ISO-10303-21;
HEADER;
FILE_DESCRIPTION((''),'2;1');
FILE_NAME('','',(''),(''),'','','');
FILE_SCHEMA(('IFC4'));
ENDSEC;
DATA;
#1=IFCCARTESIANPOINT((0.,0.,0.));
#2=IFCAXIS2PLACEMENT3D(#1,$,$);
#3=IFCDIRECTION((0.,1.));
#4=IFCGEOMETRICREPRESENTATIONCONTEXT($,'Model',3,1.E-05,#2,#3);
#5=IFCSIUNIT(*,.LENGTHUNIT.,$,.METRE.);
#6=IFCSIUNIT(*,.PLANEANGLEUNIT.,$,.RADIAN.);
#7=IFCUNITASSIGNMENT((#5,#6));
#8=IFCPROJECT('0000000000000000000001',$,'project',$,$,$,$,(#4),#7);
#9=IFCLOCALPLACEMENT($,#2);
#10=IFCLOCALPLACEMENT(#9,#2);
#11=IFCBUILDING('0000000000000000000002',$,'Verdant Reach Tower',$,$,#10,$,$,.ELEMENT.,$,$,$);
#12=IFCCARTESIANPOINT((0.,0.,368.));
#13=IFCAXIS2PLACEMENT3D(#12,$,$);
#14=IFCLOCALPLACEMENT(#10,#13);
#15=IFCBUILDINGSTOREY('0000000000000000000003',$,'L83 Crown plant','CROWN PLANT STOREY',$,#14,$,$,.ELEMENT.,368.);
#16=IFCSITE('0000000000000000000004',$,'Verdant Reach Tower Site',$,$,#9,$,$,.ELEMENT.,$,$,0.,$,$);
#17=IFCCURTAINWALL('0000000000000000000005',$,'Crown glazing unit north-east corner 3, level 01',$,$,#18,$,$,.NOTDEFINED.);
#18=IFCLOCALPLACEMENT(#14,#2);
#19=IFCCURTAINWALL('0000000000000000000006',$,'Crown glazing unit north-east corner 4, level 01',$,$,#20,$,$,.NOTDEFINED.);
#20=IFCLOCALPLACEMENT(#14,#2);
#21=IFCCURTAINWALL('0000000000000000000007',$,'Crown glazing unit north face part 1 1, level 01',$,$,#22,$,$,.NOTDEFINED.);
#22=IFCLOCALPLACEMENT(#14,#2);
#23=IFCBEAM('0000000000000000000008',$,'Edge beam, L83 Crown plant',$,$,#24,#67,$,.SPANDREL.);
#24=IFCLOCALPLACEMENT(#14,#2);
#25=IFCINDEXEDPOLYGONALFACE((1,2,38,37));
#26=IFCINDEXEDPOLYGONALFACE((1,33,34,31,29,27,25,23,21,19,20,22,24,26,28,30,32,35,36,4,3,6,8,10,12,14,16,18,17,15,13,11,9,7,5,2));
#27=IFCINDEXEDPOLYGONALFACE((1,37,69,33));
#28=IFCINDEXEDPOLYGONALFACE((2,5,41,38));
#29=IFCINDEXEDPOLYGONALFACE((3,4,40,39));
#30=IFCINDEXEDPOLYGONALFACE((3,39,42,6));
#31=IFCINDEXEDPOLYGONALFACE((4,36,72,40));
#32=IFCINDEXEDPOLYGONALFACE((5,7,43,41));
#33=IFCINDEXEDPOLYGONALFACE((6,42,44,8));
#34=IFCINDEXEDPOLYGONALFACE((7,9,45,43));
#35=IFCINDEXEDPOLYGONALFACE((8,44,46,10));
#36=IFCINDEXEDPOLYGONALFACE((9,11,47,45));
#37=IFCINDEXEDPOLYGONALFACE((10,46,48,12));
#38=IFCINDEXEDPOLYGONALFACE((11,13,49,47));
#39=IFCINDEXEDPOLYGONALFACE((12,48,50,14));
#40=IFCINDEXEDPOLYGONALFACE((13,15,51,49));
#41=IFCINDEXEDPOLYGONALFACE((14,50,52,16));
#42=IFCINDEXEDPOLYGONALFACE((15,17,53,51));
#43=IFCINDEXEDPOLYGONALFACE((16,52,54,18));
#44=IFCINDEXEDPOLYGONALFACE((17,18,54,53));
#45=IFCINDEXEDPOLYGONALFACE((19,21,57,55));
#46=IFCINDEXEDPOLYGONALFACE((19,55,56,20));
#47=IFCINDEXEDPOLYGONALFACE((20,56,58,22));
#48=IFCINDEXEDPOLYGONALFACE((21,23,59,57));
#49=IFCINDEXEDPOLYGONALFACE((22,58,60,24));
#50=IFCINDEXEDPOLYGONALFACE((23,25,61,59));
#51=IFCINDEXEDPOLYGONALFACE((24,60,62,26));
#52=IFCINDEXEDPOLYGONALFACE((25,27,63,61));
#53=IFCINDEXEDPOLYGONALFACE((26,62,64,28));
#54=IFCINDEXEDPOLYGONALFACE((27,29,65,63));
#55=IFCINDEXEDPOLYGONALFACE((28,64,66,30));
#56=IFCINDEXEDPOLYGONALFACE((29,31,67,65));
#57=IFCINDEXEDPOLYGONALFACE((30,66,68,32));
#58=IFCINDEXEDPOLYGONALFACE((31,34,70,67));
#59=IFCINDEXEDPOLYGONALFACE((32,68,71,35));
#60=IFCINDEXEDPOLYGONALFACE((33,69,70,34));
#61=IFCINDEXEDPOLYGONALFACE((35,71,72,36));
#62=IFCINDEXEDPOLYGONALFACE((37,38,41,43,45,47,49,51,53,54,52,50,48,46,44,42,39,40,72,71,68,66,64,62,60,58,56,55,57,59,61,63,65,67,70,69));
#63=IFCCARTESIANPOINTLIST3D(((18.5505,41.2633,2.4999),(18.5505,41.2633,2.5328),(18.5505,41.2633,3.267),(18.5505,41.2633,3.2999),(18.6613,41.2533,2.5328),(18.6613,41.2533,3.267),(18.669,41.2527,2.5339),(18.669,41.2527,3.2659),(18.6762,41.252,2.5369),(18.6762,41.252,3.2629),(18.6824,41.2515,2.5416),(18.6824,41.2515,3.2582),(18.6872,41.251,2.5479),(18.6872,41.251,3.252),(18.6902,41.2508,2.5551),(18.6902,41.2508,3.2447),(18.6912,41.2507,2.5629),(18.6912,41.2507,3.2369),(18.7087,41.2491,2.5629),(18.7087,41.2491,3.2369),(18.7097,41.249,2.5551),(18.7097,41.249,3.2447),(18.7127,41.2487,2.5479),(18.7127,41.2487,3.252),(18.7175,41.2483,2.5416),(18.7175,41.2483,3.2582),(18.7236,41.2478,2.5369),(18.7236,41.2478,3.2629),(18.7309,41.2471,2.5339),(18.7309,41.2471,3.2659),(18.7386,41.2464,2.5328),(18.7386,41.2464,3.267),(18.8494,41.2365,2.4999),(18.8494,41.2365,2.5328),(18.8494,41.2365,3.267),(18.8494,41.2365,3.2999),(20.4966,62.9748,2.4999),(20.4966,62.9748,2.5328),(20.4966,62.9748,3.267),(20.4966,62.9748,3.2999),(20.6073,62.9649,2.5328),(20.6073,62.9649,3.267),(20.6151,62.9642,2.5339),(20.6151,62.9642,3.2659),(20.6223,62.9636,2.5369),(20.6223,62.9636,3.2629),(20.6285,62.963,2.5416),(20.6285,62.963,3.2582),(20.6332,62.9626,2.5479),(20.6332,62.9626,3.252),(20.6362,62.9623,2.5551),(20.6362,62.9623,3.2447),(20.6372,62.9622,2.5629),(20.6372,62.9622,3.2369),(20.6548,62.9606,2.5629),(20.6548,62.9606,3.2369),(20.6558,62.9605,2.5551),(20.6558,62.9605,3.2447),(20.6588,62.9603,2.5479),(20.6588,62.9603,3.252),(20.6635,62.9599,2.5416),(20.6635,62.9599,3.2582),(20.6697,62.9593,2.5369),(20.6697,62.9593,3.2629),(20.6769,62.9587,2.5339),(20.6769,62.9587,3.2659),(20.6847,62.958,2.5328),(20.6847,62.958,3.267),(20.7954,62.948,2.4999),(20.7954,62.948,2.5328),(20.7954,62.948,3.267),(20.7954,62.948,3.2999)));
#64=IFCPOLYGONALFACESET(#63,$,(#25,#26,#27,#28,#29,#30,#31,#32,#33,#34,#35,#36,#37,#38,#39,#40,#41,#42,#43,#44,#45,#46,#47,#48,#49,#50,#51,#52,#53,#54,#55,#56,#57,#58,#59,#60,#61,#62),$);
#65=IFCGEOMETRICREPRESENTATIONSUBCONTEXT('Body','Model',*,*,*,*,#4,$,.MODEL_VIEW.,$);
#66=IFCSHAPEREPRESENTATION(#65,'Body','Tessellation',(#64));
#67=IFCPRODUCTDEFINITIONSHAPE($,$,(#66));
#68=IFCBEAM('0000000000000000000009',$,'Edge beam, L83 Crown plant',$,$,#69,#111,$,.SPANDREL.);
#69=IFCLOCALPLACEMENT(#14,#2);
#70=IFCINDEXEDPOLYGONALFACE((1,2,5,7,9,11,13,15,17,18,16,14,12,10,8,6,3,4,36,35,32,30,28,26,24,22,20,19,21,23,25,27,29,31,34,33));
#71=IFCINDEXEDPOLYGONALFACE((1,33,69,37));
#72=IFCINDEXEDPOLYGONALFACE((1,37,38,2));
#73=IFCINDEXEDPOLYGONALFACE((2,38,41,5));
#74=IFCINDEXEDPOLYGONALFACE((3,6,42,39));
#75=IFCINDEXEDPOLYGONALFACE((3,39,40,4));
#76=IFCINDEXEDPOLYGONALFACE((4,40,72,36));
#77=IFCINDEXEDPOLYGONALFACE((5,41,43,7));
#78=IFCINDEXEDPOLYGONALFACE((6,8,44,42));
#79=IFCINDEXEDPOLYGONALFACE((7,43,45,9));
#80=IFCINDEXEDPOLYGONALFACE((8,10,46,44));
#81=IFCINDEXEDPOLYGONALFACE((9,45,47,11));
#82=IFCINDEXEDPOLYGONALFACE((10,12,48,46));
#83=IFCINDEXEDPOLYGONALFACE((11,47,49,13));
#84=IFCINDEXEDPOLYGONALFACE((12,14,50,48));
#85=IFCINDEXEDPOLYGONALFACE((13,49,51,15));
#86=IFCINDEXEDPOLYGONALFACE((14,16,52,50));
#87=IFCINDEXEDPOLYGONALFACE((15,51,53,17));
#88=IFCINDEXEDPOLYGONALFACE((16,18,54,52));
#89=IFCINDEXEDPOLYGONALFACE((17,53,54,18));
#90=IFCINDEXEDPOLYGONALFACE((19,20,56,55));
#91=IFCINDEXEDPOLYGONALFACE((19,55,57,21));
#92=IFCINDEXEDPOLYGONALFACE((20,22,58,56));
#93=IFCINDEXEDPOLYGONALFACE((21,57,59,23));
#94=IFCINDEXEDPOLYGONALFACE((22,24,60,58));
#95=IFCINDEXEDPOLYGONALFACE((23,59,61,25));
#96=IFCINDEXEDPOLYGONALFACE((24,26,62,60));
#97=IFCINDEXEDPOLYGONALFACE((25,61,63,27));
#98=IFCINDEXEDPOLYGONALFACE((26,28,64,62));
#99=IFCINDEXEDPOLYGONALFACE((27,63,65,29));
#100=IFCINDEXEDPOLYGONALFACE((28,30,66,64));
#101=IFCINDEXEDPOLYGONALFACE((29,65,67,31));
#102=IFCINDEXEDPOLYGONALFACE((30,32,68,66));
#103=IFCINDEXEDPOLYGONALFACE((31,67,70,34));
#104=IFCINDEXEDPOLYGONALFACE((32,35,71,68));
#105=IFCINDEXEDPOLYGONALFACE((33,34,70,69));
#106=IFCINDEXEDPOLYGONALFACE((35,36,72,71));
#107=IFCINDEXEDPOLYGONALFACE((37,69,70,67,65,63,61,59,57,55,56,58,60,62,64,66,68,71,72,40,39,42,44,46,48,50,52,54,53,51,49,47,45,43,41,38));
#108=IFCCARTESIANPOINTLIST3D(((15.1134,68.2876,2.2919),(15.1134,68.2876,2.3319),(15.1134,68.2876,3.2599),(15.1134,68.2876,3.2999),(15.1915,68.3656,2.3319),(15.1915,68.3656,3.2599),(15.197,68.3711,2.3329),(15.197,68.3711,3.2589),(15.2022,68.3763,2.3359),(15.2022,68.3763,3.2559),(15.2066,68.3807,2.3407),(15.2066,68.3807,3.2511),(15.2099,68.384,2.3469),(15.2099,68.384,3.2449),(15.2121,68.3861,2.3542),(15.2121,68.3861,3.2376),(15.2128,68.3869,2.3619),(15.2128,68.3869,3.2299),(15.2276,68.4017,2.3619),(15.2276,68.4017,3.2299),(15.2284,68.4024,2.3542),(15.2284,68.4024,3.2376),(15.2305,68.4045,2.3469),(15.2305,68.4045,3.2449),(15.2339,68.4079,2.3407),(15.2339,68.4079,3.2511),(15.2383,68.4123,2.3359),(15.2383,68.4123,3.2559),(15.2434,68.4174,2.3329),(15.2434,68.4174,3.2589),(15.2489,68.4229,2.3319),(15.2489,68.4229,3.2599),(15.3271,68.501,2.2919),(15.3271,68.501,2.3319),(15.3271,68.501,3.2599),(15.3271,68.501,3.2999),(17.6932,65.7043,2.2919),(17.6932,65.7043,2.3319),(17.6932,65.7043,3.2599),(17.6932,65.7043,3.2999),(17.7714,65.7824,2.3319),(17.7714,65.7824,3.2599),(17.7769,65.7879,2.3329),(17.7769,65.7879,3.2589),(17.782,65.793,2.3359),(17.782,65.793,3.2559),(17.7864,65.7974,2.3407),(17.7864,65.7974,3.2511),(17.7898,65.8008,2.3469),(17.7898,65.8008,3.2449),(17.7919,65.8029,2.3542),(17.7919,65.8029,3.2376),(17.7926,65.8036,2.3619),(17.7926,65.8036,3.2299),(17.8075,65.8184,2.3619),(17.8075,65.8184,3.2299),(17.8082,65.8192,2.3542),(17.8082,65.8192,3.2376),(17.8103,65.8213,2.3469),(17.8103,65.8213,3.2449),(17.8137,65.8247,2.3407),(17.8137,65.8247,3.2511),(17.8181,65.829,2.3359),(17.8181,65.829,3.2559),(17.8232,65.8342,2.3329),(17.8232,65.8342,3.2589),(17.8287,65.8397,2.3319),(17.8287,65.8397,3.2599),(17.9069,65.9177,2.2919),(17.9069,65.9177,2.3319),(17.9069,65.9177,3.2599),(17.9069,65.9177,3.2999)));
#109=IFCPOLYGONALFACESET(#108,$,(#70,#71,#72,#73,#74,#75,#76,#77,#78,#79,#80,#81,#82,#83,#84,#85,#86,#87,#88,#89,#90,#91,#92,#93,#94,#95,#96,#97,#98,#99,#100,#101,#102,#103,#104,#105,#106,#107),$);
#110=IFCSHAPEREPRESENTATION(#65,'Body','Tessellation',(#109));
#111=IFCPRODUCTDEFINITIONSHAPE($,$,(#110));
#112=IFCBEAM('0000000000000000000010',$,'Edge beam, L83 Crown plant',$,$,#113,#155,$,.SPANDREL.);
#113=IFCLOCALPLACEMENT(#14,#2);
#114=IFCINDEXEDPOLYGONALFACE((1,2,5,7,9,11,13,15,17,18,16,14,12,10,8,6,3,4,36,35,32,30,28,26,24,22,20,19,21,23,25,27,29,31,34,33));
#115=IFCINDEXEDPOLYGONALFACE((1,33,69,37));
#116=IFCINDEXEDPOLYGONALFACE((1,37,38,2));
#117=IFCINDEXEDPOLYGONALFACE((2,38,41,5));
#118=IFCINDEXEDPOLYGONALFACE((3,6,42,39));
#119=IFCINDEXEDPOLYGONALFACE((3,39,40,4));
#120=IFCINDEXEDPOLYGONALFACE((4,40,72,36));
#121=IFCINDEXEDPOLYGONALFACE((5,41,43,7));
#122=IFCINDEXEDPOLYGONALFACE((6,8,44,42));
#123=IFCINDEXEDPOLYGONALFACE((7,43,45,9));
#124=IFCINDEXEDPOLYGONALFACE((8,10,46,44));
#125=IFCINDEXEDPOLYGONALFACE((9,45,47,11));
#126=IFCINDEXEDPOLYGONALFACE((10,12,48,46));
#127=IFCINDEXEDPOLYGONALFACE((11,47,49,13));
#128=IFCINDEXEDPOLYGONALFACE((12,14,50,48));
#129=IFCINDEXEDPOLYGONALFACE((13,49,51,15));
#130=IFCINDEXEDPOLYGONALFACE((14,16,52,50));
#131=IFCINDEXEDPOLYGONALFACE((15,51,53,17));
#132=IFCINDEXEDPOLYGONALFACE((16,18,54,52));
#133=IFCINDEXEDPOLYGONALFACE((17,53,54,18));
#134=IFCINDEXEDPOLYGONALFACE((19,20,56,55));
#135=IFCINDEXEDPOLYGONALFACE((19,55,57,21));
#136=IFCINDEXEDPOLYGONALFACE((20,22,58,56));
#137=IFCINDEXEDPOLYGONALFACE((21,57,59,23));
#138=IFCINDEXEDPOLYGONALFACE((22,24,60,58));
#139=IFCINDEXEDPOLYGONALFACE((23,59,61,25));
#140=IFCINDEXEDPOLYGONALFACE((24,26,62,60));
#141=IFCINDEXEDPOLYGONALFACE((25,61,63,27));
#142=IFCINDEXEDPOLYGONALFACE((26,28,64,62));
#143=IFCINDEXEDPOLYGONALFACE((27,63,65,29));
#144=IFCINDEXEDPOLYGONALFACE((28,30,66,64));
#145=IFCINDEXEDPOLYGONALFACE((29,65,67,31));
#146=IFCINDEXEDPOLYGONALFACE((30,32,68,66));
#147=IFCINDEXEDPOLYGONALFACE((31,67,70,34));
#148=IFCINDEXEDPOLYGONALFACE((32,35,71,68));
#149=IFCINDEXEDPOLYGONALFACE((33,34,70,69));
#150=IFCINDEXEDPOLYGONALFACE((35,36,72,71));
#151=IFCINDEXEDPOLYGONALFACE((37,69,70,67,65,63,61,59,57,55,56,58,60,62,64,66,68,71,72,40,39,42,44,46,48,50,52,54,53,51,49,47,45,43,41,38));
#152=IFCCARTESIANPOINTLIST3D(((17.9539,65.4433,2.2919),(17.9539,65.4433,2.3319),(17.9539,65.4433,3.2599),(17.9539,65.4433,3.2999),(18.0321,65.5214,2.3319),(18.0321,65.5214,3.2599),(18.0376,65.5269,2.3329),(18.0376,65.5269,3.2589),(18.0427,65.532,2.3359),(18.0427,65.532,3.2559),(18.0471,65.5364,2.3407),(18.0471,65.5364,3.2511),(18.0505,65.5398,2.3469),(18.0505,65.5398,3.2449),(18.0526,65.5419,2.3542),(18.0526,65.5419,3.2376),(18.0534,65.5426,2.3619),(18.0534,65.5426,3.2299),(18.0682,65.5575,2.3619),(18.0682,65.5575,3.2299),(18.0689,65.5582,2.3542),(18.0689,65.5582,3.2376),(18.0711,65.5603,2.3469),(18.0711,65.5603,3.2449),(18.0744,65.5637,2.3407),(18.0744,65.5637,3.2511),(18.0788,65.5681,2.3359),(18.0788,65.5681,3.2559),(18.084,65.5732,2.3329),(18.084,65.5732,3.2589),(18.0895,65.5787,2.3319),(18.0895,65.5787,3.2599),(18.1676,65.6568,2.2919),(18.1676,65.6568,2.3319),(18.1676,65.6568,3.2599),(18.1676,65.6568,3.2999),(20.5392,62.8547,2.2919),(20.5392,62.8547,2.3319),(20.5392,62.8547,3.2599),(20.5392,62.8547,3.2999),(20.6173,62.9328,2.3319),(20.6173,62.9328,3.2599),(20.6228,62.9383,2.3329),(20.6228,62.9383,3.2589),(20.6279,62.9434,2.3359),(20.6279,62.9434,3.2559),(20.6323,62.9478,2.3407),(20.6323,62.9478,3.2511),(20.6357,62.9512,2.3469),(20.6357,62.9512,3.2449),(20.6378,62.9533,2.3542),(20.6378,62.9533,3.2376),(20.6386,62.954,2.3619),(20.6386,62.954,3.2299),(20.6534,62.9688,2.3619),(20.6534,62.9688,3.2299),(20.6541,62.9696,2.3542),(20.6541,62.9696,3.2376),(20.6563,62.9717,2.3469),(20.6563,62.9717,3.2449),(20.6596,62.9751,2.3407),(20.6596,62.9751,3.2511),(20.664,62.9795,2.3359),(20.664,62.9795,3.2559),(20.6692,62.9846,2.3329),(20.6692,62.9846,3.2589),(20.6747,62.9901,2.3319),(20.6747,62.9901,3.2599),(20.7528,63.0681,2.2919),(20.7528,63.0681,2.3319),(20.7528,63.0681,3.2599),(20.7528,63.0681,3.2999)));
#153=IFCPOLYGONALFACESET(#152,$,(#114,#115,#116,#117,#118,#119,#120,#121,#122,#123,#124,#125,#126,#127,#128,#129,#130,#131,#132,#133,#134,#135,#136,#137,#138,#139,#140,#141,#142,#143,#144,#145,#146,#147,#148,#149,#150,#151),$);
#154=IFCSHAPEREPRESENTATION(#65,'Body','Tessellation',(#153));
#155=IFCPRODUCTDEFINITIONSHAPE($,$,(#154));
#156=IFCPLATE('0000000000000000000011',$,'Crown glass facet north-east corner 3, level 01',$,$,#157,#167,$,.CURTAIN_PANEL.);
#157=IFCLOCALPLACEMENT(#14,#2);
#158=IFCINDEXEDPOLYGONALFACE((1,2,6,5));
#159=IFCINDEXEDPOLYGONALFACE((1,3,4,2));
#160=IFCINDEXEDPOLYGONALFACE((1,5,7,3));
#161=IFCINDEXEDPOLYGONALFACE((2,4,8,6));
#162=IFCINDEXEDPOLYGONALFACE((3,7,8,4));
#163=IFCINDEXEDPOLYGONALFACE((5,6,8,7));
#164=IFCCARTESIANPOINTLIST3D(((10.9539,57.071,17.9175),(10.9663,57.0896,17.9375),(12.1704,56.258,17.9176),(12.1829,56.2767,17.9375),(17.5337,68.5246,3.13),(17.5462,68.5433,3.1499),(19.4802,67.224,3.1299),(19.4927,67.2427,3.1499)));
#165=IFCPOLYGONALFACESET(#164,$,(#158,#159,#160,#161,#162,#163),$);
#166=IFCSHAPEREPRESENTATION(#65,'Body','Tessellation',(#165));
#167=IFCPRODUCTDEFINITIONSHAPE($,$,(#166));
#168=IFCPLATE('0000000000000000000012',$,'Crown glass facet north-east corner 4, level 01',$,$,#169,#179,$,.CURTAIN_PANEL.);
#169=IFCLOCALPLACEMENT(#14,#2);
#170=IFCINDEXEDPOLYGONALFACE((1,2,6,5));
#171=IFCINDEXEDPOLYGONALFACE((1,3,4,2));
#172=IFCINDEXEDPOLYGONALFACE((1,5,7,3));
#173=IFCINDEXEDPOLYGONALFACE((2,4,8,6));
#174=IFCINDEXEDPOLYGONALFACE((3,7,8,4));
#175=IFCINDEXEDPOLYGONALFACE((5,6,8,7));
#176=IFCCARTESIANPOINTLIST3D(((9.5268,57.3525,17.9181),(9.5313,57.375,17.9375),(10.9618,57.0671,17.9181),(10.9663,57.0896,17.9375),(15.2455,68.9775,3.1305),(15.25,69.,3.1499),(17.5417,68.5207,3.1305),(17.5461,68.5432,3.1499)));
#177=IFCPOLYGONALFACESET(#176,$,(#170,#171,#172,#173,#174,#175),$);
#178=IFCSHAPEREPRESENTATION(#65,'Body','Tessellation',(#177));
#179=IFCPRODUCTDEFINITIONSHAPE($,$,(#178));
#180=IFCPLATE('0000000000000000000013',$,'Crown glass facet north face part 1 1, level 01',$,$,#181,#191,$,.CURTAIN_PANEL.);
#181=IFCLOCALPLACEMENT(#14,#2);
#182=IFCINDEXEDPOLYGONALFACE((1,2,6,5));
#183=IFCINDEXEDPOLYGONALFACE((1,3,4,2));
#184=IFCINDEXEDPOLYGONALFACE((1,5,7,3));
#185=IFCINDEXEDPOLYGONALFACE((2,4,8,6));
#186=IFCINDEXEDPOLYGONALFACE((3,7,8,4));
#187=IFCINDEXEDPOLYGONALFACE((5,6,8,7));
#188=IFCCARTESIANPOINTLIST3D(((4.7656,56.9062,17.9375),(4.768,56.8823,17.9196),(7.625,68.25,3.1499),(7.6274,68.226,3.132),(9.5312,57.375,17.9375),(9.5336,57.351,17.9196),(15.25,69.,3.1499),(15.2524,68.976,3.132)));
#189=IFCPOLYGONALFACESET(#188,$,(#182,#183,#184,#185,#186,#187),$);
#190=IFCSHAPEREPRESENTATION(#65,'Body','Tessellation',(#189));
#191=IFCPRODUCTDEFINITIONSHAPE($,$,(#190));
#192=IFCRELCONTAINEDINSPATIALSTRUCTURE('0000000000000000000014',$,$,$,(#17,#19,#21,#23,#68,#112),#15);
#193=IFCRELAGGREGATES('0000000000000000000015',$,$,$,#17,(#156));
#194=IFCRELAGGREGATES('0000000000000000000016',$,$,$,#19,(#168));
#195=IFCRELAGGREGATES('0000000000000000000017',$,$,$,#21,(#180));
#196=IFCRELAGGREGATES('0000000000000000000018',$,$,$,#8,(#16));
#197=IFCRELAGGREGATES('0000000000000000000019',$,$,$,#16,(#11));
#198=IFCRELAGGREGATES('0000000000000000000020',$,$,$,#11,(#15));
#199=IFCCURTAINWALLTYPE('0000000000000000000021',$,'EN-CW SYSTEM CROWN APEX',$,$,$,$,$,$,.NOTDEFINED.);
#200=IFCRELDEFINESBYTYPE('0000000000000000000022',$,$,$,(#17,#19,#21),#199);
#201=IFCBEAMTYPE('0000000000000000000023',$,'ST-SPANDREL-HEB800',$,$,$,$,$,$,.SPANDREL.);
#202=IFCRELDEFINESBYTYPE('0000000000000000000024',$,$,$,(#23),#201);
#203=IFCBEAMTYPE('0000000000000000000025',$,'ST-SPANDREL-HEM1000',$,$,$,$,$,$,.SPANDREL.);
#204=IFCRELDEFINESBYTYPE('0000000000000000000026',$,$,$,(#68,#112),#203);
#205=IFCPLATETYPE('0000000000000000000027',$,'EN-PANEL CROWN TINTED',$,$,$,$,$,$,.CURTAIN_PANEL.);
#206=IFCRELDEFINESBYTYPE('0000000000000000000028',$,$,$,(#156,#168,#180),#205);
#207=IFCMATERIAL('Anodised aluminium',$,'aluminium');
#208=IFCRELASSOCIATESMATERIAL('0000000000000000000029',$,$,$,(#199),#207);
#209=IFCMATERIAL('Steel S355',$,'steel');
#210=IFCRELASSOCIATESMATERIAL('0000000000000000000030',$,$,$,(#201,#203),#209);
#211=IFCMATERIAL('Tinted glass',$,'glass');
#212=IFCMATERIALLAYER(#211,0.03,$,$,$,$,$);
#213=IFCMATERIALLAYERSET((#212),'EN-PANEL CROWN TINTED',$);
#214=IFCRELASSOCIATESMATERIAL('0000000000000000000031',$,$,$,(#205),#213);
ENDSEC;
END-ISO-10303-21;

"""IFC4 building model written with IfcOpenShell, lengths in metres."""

from ifc_helpers import new_model, si_unit, direction, frame, origin, origin_2d, place, context, subcontext, project, spatial, polyline, i_section, outline, extrude, material, layer, layer_set, material_profile, profile_set, type_object, element, aggregate, save


model = new_model("IFC4")

# Units and contexts
model_context = context("Model", 3, precision=1e-05, world=origin(), true_north=direction((0.0, 1.0)))
body_context = subcontext(model_context, "Body", "Model", "MODEL_VIEW")
ifc_project = project(units=[si_unit("LENGTHUNIT", "METRE"), si_unit("PLANEANGLEUNIT", "RADIAN")], contexts=[model_context])

# Site, building, storey
site_placement = place(None, origin())
site = spatial("IfcSite", under=ifc_project, at=site_placement, Name="Verdant Reach Tower Site", CompositionType="ELEMENT", RefElevation=0.0)
building_placement = place(site_placement, origin())
building = spatial("IfcBuilding", under=site, at=building_placement, Name="Verdant Reach Tower", CompositionType="ELEMENT")
storey_placement = place(building_placement, frame((0.0, 0.0, 368.0)))
storey = spatial("IfcBuildingStorey", under=building, at=storey_placement, Name="L83 Crown plant", Description="CROWN PLANT STOREY", CompositionType="ELEMENT", Elevation=368.0)

# Curtain walls
ifc_material_1 = material(Name="Anodised aluminium", Category="aluminium")
curtain_wall_type_1 = type_object("IfcCurtainWallType", Name="EN-CW SYSTEM CROWN APEX", PredefinedType="NOTDEFINED", material=ifc_material_1)
curtain_wall_1_placement = place(storey_placement, origin())
curtain_wall_1 = element("IfcCurtainWall", 1, at=curtain_wall_1_placement, inside=storey, type_object=curtain_wall_type_1, Name="Crown glazing unit north-east corner 3, level 01", PredefinedType="NOTDEFINED")
curtain_wall_2_placement = place(storey_placement, origin())
curtain_wall_2 = element("IfcCurtainWall", 2, at=curtain_wall_2_placement, inside=storey, type_object=curtain_wall_type_1, Name="Crown glazing unit north-east corner 4, level 01", PredefinedType="NOTDEFINED")
curtain_wall_3_placement = place(storey_placement, origin())
curtain_wall_3 = element("IfcCurtainWall", 3, at=curtain_wall_3_placement, inside=storey, type_object=curtain_wall_type_1, Name="Crown glazing unit north face part 1 1, level 01", PredefinedType="NOTDEFINED")

# Beams
ifc_material_2 = material(Name="Steel S355", Category="steel")
ifc_material_profile_1 = material_profile(ifc_material_2, i_section(OverallWidth=0.3, OverallDepth=0.8, WebThickness=0.0176, FlangeThickness=0.033, FilletRadius=0.03, at=origin_2d()), Name="HEB 800")
ifc_profile_set_1 = profile_set([ifc_material_profile_1], Name="Steel S355")
beam_type_1 = type_object("IfcBeamType", Name="ST-SPANDREL-HEB800", PredefinedType="SPANDREL", material=ifc_profile_set_1)
beam_1_placement = place(storey_placement, frame((20.646, 62.9614, 2.8999), z_axis=(-0.089274, -0.996007, 0.0), x_axis=(0.996007, -0.089274, 0.0)))
element("IfcBeam", 4, at=beam_1_placement, inside=storey, type_object=beam_type_1, Name="Edge beam, L83 Crown plant", PredefinedType="SPANDREL", context=body_context, shape_type="SweptSolid", body=[
    extrude(i_section(OverallWidth=0.3, OverallDepth=0.8, WebThickness=0.0176, FlangeThickness=0.033, FilletRadius=0.03, at=origin_2d()), origin(), (0.0, 0.0, 1.0), 21.7986),
])
ifc_material_profile_2 = material_profile(ifc_material_2, i_section(OverallWidth=0.302, OverallDepth=1.0081, WebThickness=0.021, FlangeThickness=0.04, FilletRadius=0.03, at=origin_2d()), Name="HEM 1000")
ifc_profile_set_2 = profile_set([ifc_material_profile_2], Name="Steel S355")
beam_type_2 = type_object("IfcBeamType", Name="ST-SPANDREL-HEM1000", PredefinedType="SPANDREL", material=ifc_profile_set_2)
beam_2_placement = place(storey_placement, frame((15.2202, 68.3943, 2.7959), z_axis=(0.706639, -0.707575, 0.0), x_axis=(0.707575, 0.706639, 0.0)))
element("IfcBeam", 5, at=beam_2_placement, inside=storey, type_object=beam_type_2, Name="Edge beam, L83 Crown plant", PredefinedType="SPANDREL", context=body_context, shape_type="SweptSolid", body=[
    extrude(i_section(OverallWidth=0.302, OverallDepth=1.0081, WebThickness=0.021, FlangeThickness=0.04, FilletRadius=0.03, at=origin_2d()), origin(), (0.0, 0.0, 1.0), 3.6509),
])
beam_3_placement = place(storey_placement, frame((18.0608, 65.55, 2.7959), z_axis=(0.706639, -0.707574, 0.0), x_axis=(0.707574, 0.706639, 0.0)))
element("IfcBeam", 6, at=beam_3_placement, inside=storey, type_object=beam_type_2, Name="Edge beam, L83 Crown plant", PredefinedType="SPANDREL", context=body_context, shape_type="SweptSolid", body=[
    extrude(i_section(OverallWidth=0.302, OverallDepth=1.0081, WebThickness=0.021, FlangeThickness=0.04, FilletRadius=0.03, at=origin_2d()), origin(), (0.0, 0.0, 1.0), 3.6584),
])

# Plates
ifc_material_3 = material(Name="Tinted glass", Category="glass")
ifc_layer_1 = layer(ifc_material_3, 0.03)
ifc_layer_set_1 = layer_set([ifc_layer_1], Name="EN-PANEL CROWN TINTED")
plate_type = type_object("IfcPlateType", Name="EN-PANEL CROWN TINTED", PredefinedType="CURTAIN_PANEL", material=ifc_layer_set_1)
plate_1_placement = place(storey_placement, frame((19.4927, 67.2427, 3.1499), z_axis=(0.414761, 0.620728, 0.665335), x_axis=(-0.831477, 0.55556, 0.000019)))
plate_1 = element("IfcPlate", 7, at=plate_1_placement, type_object=plate_type, Name="Crown glass facet north-east corner 3, level 01", PredefinedType="CURTAIN_PANEL", context=body_context, shape_type="SweptSolid", body=[
    extrude(outline(polyline([(0.0, 0.0), (2.341, 0.0), (1.4491, 19.808), (-0.0141, 19.8081), (0.0, 0.0)])), origin(), (0.0, 0.0, -1.0), 0.03),
])
aggregate(curtain_wall_1, [plate_1])
plate_2_placement = place(storey_placement, frame((17.5461, 68.5432, 3.1499), z_axis=(0.148907, 0.748601, 0.646083), x_axis=(-0.980783, 0.195101, -0.000011)))
plate_2 = element("IfcPlate", 8, at=plate_2_placement, type_object=plate_type, Name="Crown glass facet north-east corner 4, level 01", PredefinedType="CURTAIN_PANEL", context=body_context, shape_type="SweptSolid", body=[
    extrude(outline(polyline([(0.0, 0.0), (2.3411, 0.0), (5.6818, 19.3742), (4.2186, 19.3741), (0.0, 0.0)])), origin(), (0.0, 0.0, -1.0), 0.03),
])
aggregate(curtain_wall_2, [plate_2])
plate_3_placement = place(storey_placement, frame((15.25, 69.0, 3.1499), z_axis=(-0.078517, 0.79826, 0.597173), x_axis=(-0.995197, -0.097888, 0.0)))
plate_3 = element("IfcPlate", 9, at=plate_3_placement, type_object=plate_type, Name="Crown glass facet north face part 1 1, level 01", PredefinedType="CURTAIN_PANEL", context=body_context, shape_type="SweptSolid", body=[
    extrude(outline(polyline([(0.0, 0.0), (7.6618, 0.0), (11.6179, 18.4358), (6.8292, 18.4358), (0.0, 0.0)])), origin(), (0.0, 0.0, -1.0), 0.03),
])
aggregate(curtain_wall_3, [plate_3])

save(model, "model.ifc")
